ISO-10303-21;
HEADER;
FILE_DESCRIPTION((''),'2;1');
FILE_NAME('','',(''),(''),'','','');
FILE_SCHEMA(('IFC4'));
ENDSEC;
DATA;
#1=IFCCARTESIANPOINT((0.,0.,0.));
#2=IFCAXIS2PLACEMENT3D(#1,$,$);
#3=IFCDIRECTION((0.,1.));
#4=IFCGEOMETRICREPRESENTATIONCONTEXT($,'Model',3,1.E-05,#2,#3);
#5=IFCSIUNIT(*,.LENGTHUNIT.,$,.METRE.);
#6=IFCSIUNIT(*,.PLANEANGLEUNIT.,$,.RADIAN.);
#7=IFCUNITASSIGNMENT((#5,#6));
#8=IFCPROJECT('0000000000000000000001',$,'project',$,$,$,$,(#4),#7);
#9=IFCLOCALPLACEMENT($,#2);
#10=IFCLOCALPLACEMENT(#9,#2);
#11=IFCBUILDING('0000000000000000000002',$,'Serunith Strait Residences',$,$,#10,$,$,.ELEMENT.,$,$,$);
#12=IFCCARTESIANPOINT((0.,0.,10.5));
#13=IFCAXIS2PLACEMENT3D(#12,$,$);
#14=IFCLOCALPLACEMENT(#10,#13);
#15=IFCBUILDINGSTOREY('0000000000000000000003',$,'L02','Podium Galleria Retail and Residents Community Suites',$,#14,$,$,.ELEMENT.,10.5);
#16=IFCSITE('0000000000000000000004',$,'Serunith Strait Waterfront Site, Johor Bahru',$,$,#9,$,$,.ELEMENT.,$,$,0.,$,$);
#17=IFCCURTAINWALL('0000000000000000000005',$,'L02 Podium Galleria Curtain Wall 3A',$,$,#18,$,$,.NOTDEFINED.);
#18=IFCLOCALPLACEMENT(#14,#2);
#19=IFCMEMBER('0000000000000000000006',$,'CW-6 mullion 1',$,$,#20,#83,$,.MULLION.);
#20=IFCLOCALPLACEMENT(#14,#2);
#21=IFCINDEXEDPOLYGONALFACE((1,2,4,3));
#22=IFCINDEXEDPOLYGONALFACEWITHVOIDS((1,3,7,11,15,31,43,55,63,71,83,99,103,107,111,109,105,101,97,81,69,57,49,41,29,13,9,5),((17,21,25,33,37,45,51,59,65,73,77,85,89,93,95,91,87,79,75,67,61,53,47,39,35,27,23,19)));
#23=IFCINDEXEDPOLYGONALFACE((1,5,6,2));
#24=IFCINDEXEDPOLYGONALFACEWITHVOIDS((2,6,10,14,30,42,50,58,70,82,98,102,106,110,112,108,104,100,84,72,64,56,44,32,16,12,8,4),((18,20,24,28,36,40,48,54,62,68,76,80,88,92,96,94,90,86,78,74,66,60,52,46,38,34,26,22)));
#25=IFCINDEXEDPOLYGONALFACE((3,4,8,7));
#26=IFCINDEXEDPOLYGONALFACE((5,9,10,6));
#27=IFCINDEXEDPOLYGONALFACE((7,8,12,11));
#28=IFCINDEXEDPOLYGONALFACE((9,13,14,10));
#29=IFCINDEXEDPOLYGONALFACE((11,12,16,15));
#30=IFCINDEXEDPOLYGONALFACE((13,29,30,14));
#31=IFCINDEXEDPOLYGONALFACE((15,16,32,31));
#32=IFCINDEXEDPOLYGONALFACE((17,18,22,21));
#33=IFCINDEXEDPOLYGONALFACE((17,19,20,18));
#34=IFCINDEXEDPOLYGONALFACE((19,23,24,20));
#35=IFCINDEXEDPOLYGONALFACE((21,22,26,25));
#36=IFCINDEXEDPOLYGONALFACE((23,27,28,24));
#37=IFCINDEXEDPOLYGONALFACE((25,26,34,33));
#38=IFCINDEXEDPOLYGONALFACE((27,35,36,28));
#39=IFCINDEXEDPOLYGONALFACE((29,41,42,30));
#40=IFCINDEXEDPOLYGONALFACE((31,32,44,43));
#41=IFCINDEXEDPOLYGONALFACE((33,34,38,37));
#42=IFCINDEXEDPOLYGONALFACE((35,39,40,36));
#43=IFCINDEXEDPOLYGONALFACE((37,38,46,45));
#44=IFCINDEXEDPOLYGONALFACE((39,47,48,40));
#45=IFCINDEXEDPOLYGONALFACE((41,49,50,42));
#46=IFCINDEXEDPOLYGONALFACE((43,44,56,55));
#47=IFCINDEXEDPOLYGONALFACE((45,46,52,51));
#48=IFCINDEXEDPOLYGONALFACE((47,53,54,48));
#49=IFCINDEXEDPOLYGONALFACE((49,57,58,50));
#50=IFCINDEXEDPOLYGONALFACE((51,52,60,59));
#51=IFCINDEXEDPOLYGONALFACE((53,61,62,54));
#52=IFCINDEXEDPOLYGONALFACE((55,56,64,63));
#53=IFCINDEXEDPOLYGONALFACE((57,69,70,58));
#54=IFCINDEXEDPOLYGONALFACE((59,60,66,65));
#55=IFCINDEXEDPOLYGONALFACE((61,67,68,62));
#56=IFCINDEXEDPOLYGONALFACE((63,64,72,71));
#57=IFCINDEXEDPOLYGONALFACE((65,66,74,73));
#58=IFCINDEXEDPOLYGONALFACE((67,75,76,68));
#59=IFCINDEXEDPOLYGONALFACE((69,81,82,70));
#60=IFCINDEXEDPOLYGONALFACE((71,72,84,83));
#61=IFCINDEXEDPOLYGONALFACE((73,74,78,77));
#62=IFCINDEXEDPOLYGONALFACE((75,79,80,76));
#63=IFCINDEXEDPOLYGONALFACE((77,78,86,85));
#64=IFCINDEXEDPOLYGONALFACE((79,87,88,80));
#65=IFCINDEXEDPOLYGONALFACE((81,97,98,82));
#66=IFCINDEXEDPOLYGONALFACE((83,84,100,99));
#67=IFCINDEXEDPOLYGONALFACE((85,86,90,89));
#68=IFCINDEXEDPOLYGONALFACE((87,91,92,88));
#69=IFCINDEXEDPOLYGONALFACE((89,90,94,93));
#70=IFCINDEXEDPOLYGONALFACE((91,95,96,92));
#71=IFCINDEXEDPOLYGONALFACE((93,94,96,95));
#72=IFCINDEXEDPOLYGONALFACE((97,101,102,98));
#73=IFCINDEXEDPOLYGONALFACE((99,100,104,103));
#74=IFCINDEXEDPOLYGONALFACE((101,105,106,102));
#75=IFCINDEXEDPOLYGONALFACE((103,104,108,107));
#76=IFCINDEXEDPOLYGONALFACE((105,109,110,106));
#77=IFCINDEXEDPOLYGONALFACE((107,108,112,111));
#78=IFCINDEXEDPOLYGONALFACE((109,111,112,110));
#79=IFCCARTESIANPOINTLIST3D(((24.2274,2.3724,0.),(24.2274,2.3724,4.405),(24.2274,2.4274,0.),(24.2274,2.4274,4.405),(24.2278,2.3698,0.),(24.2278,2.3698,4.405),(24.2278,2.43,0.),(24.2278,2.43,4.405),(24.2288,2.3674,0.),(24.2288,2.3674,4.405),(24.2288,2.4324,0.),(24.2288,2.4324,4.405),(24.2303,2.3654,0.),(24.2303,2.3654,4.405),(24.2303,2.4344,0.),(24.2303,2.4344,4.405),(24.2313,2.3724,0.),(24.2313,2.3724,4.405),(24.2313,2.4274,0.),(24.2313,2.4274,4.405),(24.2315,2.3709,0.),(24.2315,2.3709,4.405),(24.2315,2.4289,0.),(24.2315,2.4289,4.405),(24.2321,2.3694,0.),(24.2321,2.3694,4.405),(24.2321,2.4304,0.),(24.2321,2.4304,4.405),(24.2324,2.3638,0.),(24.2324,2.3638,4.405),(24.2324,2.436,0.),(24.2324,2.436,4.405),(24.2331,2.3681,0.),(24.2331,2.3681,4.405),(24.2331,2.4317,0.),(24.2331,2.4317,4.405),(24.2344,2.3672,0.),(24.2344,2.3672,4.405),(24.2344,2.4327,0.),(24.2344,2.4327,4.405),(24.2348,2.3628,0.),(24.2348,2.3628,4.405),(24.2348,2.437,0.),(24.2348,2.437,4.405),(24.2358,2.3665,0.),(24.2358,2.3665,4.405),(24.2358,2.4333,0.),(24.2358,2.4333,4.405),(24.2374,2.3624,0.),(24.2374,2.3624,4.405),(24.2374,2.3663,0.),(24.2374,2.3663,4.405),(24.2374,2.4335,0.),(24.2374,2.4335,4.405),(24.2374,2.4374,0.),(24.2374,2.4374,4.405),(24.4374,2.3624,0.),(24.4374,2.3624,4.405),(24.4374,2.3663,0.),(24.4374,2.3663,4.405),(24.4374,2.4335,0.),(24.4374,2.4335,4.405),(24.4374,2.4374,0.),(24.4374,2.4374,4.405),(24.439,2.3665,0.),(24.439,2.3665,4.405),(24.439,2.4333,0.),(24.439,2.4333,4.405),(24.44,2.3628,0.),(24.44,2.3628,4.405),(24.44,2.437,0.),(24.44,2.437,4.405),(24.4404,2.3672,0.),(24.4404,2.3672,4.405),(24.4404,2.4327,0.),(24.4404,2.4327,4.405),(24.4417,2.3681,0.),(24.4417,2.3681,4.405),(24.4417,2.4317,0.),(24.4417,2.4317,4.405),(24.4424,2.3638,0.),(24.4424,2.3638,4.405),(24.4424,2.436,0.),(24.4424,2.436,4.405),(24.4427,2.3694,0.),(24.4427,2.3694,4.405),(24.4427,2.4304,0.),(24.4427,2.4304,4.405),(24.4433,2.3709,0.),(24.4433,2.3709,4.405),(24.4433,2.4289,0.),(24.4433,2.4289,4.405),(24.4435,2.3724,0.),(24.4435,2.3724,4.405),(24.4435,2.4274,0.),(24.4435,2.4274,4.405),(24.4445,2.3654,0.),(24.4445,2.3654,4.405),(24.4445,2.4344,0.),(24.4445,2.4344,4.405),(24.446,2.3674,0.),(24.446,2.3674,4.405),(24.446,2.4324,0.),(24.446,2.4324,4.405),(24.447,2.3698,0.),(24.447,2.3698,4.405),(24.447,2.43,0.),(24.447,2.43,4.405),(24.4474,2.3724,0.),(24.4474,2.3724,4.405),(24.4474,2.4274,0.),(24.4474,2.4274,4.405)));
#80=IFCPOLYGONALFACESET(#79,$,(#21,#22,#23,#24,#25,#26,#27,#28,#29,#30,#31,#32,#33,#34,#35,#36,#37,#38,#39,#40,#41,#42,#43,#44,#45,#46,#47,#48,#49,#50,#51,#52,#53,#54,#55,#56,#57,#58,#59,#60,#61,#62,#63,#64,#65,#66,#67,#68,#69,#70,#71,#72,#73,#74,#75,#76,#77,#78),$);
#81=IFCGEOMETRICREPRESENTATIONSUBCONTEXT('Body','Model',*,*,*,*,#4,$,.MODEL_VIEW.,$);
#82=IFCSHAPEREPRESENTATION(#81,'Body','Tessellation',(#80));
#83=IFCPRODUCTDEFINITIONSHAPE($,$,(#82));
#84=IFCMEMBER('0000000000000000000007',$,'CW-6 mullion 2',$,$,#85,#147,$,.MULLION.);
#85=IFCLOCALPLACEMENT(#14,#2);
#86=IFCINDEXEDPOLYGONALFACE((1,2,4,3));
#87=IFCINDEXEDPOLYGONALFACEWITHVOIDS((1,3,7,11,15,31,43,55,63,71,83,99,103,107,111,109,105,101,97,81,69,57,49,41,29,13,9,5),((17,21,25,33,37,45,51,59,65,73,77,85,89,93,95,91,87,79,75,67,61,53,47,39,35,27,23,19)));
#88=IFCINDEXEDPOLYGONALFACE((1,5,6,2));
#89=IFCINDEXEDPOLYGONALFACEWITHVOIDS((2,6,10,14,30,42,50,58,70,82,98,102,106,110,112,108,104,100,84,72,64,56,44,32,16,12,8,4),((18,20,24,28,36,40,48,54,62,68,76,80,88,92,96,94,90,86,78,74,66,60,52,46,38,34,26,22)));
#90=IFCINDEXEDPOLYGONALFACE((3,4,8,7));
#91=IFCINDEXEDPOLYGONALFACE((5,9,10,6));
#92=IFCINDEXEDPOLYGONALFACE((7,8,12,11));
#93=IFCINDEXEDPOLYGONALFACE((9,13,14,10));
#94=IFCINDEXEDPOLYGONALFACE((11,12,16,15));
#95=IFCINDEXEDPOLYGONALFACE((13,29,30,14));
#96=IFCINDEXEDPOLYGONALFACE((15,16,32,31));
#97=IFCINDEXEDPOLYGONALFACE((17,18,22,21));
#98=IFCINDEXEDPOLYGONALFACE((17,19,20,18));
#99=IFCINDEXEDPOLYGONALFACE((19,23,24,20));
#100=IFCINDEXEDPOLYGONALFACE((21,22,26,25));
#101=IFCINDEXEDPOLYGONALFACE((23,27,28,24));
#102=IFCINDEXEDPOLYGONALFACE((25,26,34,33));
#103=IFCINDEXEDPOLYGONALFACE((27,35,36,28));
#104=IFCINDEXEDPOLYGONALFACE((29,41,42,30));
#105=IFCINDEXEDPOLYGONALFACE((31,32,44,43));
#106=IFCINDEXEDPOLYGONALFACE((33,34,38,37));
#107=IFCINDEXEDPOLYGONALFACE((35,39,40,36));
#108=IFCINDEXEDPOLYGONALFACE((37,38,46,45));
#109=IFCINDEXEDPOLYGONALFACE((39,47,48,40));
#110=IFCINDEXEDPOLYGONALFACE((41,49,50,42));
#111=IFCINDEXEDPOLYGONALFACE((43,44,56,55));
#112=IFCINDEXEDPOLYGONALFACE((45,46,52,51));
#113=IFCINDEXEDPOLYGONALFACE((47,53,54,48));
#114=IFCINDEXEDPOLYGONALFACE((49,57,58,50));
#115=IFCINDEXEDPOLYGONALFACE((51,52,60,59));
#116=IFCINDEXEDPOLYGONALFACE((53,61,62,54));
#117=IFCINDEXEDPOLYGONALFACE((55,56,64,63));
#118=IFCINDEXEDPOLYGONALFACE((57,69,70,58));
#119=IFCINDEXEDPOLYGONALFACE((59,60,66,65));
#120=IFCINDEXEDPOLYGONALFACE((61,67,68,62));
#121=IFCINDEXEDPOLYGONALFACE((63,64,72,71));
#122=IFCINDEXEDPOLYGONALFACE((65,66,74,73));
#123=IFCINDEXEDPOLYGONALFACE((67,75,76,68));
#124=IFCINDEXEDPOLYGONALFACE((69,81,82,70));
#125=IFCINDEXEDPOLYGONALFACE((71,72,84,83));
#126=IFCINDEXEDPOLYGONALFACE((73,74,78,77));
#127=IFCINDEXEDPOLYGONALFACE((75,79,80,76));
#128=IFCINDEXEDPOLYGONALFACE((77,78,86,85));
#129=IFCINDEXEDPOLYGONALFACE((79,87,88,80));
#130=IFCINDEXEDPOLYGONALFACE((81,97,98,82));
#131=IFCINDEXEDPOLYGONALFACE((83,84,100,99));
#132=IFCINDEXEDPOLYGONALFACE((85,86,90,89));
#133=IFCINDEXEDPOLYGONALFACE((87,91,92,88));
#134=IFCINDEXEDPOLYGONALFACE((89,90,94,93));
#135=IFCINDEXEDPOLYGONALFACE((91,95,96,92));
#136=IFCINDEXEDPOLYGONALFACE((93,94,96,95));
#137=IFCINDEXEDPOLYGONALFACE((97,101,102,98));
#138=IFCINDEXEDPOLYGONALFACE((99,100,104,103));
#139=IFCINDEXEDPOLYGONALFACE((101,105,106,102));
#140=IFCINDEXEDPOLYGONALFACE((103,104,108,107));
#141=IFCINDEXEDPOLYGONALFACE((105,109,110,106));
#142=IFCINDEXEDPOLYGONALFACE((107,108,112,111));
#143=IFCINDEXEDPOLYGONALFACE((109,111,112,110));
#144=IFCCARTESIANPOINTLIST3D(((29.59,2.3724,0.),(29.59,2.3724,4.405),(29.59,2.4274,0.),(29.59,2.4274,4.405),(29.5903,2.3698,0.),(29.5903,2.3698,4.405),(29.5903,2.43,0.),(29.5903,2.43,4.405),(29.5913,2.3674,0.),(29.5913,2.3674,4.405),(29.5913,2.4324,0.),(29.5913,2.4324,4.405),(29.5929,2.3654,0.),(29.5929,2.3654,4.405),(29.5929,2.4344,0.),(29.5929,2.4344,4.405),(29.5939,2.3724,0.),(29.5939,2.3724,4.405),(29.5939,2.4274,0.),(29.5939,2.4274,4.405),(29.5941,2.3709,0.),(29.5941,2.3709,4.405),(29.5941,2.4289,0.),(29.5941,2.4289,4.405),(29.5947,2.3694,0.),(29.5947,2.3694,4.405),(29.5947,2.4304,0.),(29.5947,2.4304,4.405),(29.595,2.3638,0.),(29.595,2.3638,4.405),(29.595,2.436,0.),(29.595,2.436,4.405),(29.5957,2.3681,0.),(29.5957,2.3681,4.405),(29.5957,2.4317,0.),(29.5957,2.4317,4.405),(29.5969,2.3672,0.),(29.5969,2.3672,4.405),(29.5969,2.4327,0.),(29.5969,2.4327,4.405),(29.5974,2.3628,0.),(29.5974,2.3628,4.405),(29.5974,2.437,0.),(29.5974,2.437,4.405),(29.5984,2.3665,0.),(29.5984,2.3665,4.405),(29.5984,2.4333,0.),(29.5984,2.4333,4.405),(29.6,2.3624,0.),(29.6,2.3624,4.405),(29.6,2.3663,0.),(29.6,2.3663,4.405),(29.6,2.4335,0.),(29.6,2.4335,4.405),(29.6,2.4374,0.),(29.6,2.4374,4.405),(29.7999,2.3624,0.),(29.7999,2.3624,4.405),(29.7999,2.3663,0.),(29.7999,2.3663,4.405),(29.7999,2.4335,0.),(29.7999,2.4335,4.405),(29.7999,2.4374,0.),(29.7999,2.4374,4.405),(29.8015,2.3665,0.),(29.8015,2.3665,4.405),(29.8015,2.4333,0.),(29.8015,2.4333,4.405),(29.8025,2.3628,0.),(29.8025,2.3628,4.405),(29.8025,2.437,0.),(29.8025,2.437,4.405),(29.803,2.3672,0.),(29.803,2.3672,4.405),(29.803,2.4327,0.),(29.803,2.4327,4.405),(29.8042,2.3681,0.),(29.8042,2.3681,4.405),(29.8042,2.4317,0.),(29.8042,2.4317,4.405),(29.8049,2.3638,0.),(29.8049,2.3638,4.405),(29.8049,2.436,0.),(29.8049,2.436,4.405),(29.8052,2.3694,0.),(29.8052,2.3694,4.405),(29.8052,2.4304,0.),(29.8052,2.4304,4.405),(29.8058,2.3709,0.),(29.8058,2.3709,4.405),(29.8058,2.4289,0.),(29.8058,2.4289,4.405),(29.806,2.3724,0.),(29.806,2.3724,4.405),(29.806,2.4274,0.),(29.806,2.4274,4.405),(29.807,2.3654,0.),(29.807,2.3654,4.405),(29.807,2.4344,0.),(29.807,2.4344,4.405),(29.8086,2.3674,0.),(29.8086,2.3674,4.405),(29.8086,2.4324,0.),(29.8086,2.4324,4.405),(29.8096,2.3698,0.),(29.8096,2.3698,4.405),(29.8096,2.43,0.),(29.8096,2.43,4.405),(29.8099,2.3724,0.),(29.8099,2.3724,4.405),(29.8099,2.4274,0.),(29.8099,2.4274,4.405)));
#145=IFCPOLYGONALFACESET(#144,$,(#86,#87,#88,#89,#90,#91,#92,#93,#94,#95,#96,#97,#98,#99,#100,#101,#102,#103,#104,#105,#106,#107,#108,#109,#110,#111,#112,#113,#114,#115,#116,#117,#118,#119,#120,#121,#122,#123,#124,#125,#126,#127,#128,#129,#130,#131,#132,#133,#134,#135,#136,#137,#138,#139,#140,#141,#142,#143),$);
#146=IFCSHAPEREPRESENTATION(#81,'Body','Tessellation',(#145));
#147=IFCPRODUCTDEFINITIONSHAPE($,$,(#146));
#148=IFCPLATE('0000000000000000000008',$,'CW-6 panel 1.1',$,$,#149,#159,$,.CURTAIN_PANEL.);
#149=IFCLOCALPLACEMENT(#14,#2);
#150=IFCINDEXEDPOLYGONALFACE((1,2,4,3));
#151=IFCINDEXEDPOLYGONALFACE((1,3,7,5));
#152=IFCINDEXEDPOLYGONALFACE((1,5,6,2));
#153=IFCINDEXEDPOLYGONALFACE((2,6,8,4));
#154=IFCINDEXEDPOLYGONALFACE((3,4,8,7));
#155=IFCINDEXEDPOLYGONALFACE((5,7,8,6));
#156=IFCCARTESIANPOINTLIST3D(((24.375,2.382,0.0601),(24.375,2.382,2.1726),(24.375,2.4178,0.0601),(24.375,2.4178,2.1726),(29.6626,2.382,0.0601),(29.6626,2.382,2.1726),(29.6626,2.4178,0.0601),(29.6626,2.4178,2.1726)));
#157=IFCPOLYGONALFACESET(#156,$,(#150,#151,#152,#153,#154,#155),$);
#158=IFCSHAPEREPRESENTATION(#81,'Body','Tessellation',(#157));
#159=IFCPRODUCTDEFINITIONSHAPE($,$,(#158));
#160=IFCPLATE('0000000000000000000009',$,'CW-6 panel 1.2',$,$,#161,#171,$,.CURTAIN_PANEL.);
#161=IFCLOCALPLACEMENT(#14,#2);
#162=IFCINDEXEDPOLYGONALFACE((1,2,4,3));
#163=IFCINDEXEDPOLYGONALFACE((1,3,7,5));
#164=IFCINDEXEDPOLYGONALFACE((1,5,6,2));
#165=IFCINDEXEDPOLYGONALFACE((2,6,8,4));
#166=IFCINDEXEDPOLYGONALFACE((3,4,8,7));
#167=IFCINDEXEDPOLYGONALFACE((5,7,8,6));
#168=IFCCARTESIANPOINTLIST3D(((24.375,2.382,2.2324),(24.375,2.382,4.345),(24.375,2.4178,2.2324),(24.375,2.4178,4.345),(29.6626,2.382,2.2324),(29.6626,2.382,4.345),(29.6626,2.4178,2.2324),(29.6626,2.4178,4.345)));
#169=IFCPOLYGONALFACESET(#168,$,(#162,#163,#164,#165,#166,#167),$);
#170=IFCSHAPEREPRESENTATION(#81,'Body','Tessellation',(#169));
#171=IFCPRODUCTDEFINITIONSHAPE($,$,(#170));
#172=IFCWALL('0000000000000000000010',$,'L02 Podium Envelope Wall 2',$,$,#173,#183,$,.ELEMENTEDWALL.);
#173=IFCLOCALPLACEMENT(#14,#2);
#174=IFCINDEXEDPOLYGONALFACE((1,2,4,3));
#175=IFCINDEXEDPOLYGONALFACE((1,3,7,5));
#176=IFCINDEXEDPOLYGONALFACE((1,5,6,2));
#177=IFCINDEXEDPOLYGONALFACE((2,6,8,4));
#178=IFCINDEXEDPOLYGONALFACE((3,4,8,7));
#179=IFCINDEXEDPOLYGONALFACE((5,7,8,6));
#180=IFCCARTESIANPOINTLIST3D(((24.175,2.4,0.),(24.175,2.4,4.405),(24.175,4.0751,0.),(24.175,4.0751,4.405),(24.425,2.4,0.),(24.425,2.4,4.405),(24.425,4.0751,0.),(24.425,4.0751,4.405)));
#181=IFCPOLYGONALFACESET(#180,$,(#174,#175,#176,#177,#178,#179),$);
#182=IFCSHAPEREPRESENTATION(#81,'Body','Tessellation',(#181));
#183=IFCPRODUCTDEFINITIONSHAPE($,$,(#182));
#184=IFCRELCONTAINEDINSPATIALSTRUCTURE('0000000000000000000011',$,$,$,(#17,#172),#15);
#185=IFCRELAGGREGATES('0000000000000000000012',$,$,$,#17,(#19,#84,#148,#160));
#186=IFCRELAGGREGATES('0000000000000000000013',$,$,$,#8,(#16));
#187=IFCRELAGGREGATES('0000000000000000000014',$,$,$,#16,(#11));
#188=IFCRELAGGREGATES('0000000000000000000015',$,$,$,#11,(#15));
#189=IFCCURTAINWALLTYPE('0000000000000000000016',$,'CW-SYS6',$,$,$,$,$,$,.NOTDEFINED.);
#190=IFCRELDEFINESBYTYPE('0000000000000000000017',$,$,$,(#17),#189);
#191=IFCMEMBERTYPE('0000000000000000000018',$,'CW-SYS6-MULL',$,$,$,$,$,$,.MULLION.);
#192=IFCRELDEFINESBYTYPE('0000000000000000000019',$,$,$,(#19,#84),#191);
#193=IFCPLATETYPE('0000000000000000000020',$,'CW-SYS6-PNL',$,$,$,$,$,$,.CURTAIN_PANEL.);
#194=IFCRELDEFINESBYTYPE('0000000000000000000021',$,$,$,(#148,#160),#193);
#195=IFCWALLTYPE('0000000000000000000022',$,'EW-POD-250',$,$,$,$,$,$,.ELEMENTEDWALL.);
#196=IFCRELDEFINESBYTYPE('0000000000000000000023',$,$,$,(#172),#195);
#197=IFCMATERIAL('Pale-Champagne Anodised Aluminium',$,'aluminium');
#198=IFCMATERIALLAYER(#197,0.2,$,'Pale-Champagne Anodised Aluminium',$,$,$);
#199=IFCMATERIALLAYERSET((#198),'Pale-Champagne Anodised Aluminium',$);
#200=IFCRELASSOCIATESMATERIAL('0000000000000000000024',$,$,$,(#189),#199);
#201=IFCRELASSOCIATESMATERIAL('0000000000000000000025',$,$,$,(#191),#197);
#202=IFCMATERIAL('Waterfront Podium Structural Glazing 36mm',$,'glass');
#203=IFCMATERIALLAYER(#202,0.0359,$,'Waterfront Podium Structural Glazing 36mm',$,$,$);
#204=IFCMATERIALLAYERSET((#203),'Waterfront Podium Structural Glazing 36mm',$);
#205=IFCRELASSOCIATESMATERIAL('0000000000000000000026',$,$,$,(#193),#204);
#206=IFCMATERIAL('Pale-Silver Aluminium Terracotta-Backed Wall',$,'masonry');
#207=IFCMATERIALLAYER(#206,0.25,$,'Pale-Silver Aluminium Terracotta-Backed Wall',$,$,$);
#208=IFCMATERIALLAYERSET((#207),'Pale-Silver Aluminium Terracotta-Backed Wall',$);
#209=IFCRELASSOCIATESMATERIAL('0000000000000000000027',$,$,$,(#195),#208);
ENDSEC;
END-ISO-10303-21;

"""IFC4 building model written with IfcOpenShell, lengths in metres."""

from ifc_helpers import new_model, si_unit, direction, frame, frame_2d, origin, origin_2d, place, context, subcontext, project, spatial, rectangle, hollow_rectangle, extrude, source, transform, mapped, material, layer, layer_set, material_profile, profile_set, type_object, element, aggregate, save


model = new_model("IFC4")

# Units and contexts
model_context = context("Model", 3, precision=1e-05, world=origin(), true_north=direction((0.0, 1.0)))
body_context = subcontext(model_context, "Body", "Model", "MODEL_VIEW")
ifc_project = project(units=[si_unit("LENGTHUNIT", "METRE"), si_unit("PLANEANGLEUNIT", "RADIAN")], contexts=[model_context])

# Site, building, storey
site_placement = place(None, origin())
site = spatial("IfcSite", under=ifc_project, at=site_placement, Name="Serunith Strait Waterfront Site, Johor Bahru", CompositionType="ELEMENT", RefElevation=0.0)
building_placement = place(site_placement, origin())
building = spatial("IfcBuilding", under=site, at=building_placement, Name="Serunith Strait Residences", CompositionType="ELEMENT")
storey_placement = place(building_placement, frame((0.0, 0.0, 10.5)))
storey = spatial("IfcBuildingStorey", under=building, at=storey_placement, Name="L02", Description="Podium Galleria Retail and Residents Community Suites", CompositionType="ELEMENT", Elevation=10.5)

# Curtain wall, members, plates
ifc_material_1 = material(Name="Pale-Champagne Anodised Aluminium", Category="aluminium")
ifc_layer_1 = layer(ifc_material_1, 0.2, Name="Pale-Champagne Anodised Aluminium")
ifc_layer_set_1 = layer_set([ifc_layer_1], Name="Pale-Champagne Anodised Aluminium")
curtain_wall_type = type_object("IfcCurtainWallType", Name="CW-SYS6", PredefinedType="NOTDEFINED", material=ifc_layer_set_1)
curtain_wall_placement = place(storey_placement, origin())
curtain_wall = element("IfcCurtainWall", 1, at=curtain_wall_placement, inside=storey, type_object=curtain_wall_type, Name="L02 Podium Galleria Curtain Wall 3A", PredefinedType="NOTDEFINED")
ifc_material_profile_1 = material_profile(ifc_material_1, hollow_rectangle(XDim=0.075, YDim=0.22, WallThickness=0.0039, InnerFilletRadius=0.0061, OuterFilletRadius=0.01, at=origin_2d()), Name="ALU 220x75x4")
ifc_profile_set_1 = profile_set([ifc_material_profile_1], Name="Pale-Champagne Anodised Aluminium")
member_type_1 = type_object("IfcMemberType", Name="CW-SYS6-MULL", PredefinedType="MULLION", material=ifc_profile_set_1)
shared_shape_1 = source(origin(), body_context, "Body", "SweptSolid", [
    extrude(hollow_rectangle(XDim=0.075, YDim=0.22, WallThickness=0.0039, InnerFilletRadius=0.0061, OuterFilletRadius=0.01, at=origin_2d()), origin(), (0.0, 0.0, 1.0), 4.405),
])
member_1_placement = place(storey_placement, frame((24.3374, 2.3999, 0.0), z_axis=(0.0, 0.0, 1.0), x_axis=(0.0, 1.0, 0.0)))
member_1 = element("IfcMember", 2, at=member_1_placement, type_object=member_type_1, Name="CW-6 mullion 1", PredefinedType="MULLION", context=body_context, shape_type="MappedRepresentation", body=[
    mapped(shared_shape_1, transform((0.0, 0.0, 0.0), scale=1.0)),
])
member_2_placement = place(storey_placement, frame((29.7, 2.3999, 0.0), z_axis=(0.0, 0.0, 1.0), x_axis=(0.0, 1.0, 0.0)))
member_2 = element("IfcMember", 3, at=member_2_placement, type_object=member_type_1, Name="CW-6 mullion 2", PredefinedType="MULLION", context=body_context, shape_type="MappedRepresentation", body=[
    mapped(shared_shape_1, transform((0.0, 0.0, 0.0), scale=1.0)),
])
ifc_material_2 = material(Name="Waterfront Podium Structural Glazing 36mm", Category="glass")
ifc_layer_2 = layer(ifc_material_2, 0.0359, Name="Waterfront Podium Structural Glazing 36mm")
ifc_layer_set_2 = layer_set([ifc_layer_2], Name="Waterfront Podium Structural Glazing 36mm")
plate_type = type_object("IfcPlateType", Name="CW-SYS6-PNL", PredefinedType="CURTAIN_PANEL", material=ifc_layer_set_2)
shared_shape_2 = source(origin(), body_context, "Body", "SweptSolid", [
    extrude(rectangle(XDim=5.2876, YDim=0.0359, at=origin_2d()), origin(), (0.0, 0.0, 1.0), 2.1125),
])
plate_1_placement = place(storey_placement, frame((27.0188, 2.3999, 0.0601), z_axis=(0.0, 0.0, 1.0), x_axis=(1.0, 0.0, 0.0)))
plate_1 = element("IfcPlate", 4, at=plate_1_placement, type_object=plate_type, Name="CW-6 panel 1.1", PredefinedType="CURTAIN_PANEL", context=body_context, shape_type="MappedRepresentation", body=[
    mapped(shared_shape_2, transform((0.0, 0.0, 0.0), scale=1.0)),
])
plate_2_placement = place(storey_placement, frame((27.0188, 2.3999, 2.2324), z_axis=(0.0, 0.0, 1.0), x_axis=(1.0, 0.0, 0.0)))
plate_2 = element("IfcPlate", 5, at=plate_2_placement, type_object=plate_type, Name="CW-6 panel 1.2", PredefinedType="CURTAIN_PANEL", context=body_context, shape_type="MappedRepresentation", body=[
    mapped(shared_shape_2, transform((0.0, 0.0, 0.0), scale=1.0)),
])
aggregate(curtain_wall, [member_1, member_2, plate_1, plate_2])

# Wall
ifc_material_3 = material(Name="Pale-Silver Aluminium Terracotta-Backed Wall", Category="masonry")
ifc_layer_3 = layer(ifc_material_3, 0.25, Name="Pale-Silver Aluminium Terracotta-Backed Wall")
ifc_layer_set_3 = layer_set([ifc_layer_3], Name="Pale-Silver Aluminium Terracotta-Backed Wall")
wall_type_1 = type_object("IfcWallType", Name="EW-POD-250", PredefinedType="ELEMENTEDWALL", material=ifc_layer_set_3)
wall_1_placement = place(storey_placement, frame((24.3, 4.075, 0.0), z_axis=(0.0, 0.0, 1.0), x_axis=(0.0, -1.0, 0.0)))
element("IfcWall", 6, at=wall_1_placement, inside=storey, type_object=wall_type_1, Name="L02 Podium Envelope Wall 2", PredefinedType="ELEMENTEDWALL", context=body_context, shape_type="SweptSolid", body=[
    extrude(rectangle(XDim=1.675, YDim=0.25, at=frame_2d((0.8374, 0.0))), origin(), (0.0, 0.0, 1.0), 4.405),
])

save(model, "model.ifc")
